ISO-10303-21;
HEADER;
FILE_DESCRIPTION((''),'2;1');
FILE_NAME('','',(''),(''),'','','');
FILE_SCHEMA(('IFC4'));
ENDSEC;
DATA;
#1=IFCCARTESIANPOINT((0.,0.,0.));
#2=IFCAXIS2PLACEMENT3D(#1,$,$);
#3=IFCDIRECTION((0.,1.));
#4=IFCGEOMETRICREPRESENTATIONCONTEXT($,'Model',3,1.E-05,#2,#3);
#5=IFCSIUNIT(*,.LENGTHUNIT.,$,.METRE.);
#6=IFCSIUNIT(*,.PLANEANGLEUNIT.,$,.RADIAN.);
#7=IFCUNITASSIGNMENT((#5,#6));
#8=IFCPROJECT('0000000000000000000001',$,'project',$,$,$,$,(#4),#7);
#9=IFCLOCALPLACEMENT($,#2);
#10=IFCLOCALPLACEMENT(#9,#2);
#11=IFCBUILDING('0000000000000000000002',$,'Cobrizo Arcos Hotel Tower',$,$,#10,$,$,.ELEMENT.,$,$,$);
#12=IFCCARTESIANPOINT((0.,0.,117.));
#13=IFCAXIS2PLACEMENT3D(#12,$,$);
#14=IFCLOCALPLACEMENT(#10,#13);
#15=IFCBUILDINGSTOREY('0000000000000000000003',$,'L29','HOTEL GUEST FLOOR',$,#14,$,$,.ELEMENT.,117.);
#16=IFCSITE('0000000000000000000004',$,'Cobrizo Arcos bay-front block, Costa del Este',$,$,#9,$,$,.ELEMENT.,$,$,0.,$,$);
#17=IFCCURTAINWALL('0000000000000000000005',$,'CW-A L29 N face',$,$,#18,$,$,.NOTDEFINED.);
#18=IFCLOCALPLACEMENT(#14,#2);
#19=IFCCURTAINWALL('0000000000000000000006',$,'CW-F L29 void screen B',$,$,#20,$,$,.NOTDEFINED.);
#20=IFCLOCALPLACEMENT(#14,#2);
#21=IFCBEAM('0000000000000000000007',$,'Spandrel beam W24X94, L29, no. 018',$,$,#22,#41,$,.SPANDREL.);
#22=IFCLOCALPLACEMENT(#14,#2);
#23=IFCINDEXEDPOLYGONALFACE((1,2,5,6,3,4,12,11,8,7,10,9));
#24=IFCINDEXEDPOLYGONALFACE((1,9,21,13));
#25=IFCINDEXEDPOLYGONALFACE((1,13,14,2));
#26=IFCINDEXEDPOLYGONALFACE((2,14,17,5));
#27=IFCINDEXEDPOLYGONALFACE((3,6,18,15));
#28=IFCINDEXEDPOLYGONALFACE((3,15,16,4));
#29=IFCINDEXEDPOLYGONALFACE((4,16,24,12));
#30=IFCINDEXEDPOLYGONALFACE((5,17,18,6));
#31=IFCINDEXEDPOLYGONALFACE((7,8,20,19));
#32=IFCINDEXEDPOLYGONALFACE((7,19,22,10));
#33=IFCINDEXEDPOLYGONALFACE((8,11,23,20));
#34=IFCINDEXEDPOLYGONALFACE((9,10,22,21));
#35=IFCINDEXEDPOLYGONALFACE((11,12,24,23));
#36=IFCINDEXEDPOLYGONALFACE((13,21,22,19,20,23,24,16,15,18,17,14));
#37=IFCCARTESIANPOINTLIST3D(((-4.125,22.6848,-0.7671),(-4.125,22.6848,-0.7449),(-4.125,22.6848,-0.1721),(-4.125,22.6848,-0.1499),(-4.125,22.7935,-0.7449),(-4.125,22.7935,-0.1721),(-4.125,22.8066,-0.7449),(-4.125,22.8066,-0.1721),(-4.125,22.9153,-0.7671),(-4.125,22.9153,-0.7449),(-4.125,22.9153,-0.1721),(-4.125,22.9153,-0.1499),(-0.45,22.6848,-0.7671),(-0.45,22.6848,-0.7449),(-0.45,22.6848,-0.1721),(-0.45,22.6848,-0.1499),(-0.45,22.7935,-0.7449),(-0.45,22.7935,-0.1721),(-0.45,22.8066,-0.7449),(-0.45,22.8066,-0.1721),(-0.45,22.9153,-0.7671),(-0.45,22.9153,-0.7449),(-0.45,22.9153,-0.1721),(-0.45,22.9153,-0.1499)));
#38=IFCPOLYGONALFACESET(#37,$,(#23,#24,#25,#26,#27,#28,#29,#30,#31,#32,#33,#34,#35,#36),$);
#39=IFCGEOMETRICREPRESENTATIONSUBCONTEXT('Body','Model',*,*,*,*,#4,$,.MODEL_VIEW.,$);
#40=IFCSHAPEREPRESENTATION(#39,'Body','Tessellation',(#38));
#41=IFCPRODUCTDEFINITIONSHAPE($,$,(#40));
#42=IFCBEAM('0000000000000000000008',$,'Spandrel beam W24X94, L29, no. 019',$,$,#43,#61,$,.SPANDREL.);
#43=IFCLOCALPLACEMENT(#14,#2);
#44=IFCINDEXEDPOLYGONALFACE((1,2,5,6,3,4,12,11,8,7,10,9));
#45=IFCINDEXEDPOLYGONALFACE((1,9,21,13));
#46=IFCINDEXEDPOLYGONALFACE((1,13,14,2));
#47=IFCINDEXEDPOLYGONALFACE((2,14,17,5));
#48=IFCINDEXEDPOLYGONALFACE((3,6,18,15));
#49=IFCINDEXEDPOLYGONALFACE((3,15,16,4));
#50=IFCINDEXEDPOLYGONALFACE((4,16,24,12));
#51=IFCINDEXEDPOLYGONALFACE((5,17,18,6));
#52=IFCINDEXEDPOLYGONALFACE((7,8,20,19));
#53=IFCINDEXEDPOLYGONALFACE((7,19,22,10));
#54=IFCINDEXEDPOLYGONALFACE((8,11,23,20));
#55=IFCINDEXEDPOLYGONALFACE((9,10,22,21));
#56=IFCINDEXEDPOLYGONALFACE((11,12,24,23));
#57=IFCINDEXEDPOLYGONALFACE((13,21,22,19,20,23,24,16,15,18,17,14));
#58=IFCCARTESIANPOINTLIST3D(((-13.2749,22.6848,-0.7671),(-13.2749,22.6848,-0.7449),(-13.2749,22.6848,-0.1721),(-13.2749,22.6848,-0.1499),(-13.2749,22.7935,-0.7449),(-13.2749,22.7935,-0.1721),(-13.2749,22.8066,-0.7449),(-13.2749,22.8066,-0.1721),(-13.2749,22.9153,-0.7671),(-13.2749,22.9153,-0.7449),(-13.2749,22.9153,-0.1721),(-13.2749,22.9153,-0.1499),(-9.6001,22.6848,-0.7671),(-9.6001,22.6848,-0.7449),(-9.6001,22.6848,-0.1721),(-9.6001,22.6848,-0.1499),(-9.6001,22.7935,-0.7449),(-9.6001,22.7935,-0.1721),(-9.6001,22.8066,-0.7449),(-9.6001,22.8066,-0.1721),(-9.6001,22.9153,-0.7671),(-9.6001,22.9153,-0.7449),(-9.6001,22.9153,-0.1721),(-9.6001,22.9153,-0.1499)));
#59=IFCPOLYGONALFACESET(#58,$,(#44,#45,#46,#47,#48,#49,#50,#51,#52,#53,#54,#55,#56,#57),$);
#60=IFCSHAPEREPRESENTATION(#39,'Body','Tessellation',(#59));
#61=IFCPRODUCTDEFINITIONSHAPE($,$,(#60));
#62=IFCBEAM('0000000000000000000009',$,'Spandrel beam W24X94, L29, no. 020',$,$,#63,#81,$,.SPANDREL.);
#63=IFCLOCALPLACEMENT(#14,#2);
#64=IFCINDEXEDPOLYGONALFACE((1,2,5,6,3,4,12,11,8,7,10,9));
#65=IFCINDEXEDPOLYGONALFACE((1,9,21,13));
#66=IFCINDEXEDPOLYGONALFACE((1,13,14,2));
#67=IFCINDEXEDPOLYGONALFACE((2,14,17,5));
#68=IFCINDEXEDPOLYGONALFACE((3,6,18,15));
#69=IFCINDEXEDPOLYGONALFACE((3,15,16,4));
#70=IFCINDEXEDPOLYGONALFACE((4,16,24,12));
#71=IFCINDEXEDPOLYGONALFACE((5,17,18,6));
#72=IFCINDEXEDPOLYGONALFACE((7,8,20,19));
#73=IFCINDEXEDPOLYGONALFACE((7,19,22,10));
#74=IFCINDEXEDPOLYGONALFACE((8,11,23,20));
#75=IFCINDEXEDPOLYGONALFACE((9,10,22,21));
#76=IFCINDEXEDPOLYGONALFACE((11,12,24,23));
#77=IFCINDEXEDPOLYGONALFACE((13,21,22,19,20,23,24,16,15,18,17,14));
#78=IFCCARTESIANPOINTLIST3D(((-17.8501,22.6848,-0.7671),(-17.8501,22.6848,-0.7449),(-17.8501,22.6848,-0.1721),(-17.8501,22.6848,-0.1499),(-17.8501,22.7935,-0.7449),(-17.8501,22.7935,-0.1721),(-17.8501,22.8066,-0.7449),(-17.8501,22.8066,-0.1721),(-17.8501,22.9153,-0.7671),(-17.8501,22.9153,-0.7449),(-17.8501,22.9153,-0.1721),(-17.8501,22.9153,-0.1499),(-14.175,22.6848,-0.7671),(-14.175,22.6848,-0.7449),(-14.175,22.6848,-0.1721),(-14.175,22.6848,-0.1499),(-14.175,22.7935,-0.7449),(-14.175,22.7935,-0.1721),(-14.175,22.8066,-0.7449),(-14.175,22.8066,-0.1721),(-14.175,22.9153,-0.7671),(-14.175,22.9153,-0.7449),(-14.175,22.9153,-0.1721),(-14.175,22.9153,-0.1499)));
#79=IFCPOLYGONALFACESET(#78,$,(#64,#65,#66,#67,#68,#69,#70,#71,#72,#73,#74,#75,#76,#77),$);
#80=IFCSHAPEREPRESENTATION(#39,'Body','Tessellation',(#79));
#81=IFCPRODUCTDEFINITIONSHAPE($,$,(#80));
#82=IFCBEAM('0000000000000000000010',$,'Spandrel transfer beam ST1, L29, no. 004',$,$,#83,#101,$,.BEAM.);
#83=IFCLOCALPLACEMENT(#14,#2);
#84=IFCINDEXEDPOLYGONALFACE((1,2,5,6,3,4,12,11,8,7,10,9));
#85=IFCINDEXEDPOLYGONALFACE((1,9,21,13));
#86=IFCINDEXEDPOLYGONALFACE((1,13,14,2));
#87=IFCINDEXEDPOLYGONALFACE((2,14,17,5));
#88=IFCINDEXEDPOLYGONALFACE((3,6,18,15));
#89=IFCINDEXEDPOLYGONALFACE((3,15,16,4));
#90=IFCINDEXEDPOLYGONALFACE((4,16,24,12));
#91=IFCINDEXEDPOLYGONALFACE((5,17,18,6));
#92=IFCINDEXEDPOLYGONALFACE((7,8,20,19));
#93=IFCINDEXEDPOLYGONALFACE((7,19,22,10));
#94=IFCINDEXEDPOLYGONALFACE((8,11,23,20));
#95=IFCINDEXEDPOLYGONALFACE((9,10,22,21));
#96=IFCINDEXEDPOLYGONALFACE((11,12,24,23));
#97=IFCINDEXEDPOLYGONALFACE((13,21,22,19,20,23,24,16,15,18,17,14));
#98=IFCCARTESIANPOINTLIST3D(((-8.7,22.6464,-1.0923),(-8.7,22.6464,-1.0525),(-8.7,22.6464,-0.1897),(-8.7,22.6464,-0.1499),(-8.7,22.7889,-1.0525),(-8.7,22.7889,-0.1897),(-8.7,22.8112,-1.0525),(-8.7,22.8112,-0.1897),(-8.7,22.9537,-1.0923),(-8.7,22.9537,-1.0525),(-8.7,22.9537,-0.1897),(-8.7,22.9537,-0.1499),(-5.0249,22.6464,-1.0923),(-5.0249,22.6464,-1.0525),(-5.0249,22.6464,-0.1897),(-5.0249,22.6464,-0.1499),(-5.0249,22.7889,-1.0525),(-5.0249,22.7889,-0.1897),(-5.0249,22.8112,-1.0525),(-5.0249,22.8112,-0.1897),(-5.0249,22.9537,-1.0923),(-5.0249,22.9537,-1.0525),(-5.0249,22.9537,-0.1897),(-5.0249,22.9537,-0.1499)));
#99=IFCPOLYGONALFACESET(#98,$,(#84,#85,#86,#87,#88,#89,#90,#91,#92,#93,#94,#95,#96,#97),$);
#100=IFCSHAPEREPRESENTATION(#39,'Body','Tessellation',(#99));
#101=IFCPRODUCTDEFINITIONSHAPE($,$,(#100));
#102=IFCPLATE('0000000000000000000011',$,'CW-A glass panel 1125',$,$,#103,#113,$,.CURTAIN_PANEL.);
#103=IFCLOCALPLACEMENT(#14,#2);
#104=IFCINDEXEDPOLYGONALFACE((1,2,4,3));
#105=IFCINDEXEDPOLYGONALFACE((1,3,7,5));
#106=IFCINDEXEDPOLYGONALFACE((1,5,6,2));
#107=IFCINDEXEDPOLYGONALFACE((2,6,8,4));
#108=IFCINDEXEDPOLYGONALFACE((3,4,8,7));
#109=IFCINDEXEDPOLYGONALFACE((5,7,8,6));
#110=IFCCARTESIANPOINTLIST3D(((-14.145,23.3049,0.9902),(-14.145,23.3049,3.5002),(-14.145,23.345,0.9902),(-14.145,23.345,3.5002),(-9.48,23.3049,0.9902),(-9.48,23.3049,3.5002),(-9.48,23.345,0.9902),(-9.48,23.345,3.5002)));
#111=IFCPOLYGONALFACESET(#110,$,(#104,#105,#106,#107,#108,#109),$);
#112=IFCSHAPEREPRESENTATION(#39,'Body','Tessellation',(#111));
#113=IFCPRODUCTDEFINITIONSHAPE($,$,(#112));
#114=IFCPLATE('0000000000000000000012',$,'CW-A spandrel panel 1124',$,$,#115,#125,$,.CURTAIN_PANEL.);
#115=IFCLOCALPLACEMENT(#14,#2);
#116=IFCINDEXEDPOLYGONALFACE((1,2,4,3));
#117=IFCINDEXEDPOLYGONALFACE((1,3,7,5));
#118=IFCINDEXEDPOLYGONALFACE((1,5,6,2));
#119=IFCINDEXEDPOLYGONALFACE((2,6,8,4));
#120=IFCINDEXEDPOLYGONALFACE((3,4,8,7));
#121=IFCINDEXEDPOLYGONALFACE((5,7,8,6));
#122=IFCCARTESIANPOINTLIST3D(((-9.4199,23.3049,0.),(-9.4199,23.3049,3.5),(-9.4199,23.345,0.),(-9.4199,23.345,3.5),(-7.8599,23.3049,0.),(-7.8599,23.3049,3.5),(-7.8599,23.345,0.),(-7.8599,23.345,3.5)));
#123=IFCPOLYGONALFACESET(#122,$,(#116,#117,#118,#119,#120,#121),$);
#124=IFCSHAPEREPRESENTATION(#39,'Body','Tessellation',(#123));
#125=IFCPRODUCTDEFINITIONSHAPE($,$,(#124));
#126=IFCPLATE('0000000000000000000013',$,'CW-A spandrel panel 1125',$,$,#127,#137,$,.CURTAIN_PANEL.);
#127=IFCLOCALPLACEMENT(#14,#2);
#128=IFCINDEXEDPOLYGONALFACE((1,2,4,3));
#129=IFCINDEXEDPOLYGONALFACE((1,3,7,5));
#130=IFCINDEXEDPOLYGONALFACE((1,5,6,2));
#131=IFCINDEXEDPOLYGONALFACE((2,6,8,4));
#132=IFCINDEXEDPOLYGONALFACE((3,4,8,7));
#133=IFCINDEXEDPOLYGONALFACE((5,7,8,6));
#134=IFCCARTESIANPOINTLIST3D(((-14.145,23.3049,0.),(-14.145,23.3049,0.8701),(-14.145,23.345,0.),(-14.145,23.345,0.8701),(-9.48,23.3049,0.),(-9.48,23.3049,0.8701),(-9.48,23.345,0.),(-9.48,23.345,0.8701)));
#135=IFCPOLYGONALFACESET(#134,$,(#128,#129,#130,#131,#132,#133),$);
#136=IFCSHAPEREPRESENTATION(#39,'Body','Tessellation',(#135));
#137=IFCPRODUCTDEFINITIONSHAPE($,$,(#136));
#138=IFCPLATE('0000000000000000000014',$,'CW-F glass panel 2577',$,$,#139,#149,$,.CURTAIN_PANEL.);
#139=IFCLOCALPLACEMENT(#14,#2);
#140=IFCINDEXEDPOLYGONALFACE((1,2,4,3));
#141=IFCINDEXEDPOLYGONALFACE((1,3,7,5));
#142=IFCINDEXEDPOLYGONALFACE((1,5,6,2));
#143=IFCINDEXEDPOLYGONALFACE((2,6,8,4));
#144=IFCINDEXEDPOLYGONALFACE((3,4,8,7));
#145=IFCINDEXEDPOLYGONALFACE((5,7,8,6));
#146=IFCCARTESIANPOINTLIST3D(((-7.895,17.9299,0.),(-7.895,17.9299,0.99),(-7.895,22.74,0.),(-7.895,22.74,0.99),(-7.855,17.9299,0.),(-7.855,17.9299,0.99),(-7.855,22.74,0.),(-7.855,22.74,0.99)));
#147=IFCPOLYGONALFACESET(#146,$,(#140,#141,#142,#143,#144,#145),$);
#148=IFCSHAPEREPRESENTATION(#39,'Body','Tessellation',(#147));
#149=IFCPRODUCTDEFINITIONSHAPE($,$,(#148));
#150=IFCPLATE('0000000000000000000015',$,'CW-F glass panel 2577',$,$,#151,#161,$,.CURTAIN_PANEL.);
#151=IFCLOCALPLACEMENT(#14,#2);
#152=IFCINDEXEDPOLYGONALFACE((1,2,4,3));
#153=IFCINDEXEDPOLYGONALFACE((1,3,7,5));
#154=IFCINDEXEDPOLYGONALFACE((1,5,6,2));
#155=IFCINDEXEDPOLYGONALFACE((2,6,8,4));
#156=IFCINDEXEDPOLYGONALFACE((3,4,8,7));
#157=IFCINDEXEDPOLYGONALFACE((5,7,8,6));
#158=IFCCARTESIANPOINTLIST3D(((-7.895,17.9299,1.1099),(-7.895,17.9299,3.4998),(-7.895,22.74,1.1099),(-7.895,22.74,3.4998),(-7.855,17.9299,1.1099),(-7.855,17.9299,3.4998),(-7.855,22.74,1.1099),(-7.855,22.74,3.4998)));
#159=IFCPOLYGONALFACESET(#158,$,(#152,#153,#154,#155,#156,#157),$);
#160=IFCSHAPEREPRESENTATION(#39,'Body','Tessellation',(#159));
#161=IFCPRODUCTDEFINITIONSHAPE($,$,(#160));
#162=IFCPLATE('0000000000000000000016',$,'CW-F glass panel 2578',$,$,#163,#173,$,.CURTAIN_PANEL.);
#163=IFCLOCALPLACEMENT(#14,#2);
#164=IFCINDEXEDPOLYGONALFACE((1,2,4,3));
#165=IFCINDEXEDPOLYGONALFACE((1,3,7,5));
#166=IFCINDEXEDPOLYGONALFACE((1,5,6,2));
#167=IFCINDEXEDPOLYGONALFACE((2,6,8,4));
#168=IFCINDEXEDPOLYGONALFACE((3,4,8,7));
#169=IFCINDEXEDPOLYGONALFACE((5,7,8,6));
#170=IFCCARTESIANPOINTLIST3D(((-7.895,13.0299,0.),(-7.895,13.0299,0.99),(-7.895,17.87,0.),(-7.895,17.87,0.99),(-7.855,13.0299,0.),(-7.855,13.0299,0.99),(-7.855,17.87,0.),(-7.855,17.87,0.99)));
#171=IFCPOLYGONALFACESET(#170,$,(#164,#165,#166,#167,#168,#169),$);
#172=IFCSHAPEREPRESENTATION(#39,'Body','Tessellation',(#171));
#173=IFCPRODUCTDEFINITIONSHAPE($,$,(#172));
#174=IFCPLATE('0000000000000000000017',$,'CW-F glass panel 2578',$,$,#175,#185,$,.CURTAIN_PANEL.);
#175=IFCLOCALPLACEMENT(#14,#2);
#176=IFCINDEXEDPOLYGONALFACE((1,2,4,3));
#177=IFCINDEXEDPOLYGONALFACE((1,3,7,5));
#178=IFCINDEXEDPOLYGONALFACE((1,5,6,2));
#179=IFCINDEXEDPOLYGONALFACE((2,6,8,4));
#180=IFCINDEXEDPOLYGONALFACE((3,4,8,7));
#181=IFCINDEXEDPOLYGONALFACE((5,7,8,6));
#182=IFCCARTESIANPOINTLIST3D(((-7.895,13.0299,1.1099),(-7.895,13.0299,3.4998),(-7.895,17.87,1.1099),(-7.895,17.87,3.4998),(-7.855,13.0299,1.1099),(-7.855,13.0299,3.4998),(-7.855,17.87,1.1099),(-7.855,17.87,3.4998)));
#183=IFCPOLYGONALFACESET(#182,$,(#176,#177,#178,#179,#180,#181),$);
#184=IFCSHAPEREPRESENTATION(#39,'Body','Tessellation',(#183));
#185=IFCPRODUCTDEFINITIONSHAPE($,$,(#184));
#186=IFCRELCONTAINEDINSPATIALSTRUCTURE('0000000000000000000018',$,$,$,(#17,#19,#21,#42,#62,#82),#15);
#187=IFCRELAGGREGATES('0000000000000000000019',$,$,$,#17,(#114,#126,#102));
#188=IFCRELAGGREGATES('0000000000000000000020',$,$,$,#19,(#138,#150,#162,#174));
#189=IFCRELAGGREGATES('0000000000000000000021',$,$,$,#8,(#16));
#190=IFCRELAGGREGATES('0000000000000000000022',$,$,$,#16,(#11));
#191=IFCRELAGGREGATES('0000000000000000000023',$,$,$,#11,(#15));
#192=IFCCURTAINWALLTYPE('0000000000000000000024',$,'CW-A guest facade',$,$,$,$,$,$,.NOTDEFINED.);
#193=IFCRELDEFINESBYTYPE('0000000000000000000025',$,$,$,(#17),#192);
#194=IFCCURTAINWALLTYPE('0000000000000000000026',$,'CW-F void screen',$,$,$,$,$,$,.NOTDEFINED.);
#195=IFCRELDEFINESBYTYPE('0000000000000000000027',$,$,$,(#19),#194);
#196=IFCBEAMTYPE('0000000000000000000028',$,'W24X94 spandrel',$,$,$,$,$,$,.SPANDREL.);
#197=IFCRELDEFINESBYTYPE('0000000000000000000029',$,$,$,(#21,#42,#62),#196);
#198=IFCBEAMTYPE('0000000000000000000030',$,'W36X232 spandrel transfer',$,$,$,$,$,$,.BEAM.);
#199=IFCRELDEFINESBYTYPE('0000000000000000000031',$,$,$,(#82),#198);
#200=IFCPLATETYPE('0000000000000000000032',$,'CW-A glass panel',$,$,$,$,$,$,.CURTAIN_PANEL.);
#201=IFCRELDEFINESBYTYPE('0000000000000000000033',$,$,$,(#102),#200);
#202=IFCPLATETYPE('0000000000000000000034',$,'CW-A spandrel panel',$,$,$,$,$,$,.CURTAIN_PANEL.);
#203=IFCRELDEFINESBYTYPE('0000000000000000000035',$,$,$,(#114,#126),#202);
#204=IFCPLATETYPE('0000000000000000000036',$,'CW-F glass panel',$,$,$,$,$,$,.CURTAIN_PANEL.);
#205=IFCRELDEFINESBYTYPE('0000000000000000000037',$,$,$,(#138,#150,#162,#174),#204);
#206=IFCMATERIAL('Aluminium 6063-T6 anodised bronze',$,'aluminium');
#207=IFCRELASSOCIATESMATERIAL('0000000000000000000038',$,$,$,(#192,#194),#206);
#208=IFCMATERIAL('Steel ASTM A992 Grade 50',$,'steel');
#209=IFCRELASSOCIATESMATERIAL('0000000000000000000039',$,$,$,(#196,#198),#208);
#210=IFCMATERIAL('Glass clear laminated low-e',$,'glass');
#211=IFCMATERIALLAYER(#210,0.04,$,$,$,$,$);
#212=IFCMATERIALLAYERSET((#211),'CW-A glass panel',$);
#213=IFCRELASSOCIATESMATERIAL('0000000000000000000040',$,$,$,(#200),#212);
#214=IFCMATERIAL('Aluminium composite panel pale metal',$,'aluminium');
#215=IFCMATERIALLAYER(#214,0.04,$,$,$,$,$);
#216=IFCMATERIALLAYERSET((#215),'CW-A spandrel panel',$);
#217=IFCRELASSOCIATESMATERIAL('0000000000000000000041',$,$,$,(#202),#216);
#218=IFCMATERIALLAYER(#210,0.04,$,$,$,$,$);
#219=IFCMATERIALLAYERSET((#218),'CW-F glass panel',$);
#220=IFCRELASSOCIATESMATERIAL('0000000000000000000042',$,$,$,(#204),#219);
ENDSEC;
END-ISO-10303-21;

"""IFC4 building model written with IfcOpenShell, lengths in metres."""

from ifc_helpers import new_model, si_unit, direction, frame, origin, origin_2d, place, context, subcontext, project, spatial, rectangle, i_section, extrude, material, layer, layer_set, material_profile, profile_set, type_object, element, aggregate, save


model = new_model("IFC4")

# Units and contexts
model_context = context("Model", 3, precision=1e-05, world=origin(), true_north=direction((0.0, 1.0)))
body_context = subcontext(model_context, "Body", "Model", "MODEL_VIEW")
ifc_project = project(units=[si_unit("LENGTHUNIT", "METRE"), si_unit("PLANEANGLEUNIT", "RADIAN")], contexts=[model_context])

# Site, building, storey
site_placement = place(None, origin())
site = spatial("IfcSite", under=ifc_project, at=site_placement, Name="Cobrizo Arcos bay-front block, Costa del Este", CompositionType="ELEMENT", RefElevation=0.0)
building_placement = place(site_placement, origin())
building = spatial("IfcBuilding", under=site, at=building_placement, Name="Cobrizo Arcos Hotel Tower", CompositionType="ELEMENT")
storey_placement = place(building_placement, frame((0.0, 0.0, 117.0)))
storey = spatial("IfcBuildingStorey", under=building, at=storey_placement, Name="L29", Description="HOTEL GUEST FLOOR", CompositionType="ELEMENT", Elevation=117.0)

# Curtain walls
ifc_material_1 = material(Name="Aluminium 6063-T6 anodised bronze", Category="aluminium")
curtain_wall_type_1 = type_object("IfcCurtainWallType", Name="CW-A guest facade", PredefinedType="NOTDEFINED", material=ifc_material_1)
curtain_wall_1_placement = place(storey_placement, origin())
curtain_wall_1 = element("IfcCurtainWall", 1, at=curtain_wall_1_placement, inside=storey, type_object=curtain_wall_type_1, Name="CW-A L29 N face", PredefinedType="NOTDEFINED")
curtain_wall_type_2 = type_object("IfcCurtainWallType", Name="CW-F void screen", PredefinedType="NOTDEFINED", material=ifc_material_1)
curtain_wall_2_placement = place(storey_placement, origin())
curtain_wall_2 = element("IfcCurtainWall", 2, at=curtain_wall_2_placement, inside=storey, type_object=curtain_wall_type_2, Name="CW-F L29 void screen B", PredefinedType="NOTDEFINED")

# Beams
ifc_material_2 = material(Name="Steel ASTM A992 Grade 50", Category="steel")
ifc_material_profile_1 = material_profile(ifc_material_2, i_section(OverallWidth=0.2305, OverallDepth=0.6172, WebThickness=0.0132, FlangeThickness=0.0222, at=origin_2d()), Name="W24X94")
ifc_profile_set_1 = profile_set([ifc_material_profile_1], Name="Steel ASTM A992 Grade 50")
beam_type_1 = type_object("IfcBeamType", Name="W24X94 spandrel", PredefinedType="SPANDREL", material=ifc_profile_set_1)
beam_1_placement = place(storey_placement, frame((-0.45, 22.8, -0.4585), z_axis=(-1.0, 0.0, 0.0), x_axis=(0.0, -1.0, 0.0)))
element("IfcBeam", 3, at=beam_1_placement, inside=storey, type_object=beam_type_1, Name="Spandrel beam W24X94, L29, no. 018", PredefinedType="SPANDREL", context=body_context, shape_type="SweptSolid", body=[
    extrude(i_section(OverallWidth=0.2305, OverallDepth=0.6172, WebThickness=0.0132, FlangeThickness=0.0222, at=origin_2d()), origin(), (0.0, 0.0, 1.0), 3.675),
])
beam_2_placement = place(storey_placement, frame((-9.6001, 22.8, -0.4585), z_axis=(-1.0, 0.0, 0.0), x_axis=(0.0, -1.0, 0.0)))
element("IfcBeam", 4, at=beam_2_placement, inside=storey, type_object=beam_type_1, Name="Spandrel beam W24X94, L29, no. 019", PredefinedType="SPANDREL", context=body_context, shape_type="SweptSolid", body=[
    extrude(i_section(OverallWidth=0.2305, OverallDepth=0.6172, WebThickness=0.0132, FlangeThickness=0.0222, at=origin_2d()), origin(), (0.0, 0.0, 1.0), 3.6748),
])
beam_3_placement = place(storey_placement, frame((-14.175, 22.8, -0.4585), z_axis=(-1.0, 0.0, 0.0), x_axis=(0.0, -1.0, 0.0)))
element("IfcBeam", 5, at=beam_3_placement, inside=storey, type_object=beam_type_1, Name="Spandrel beam W24X94, L29, no. 020", PredefinedType="SPANDREL", context=body_context, shape_type="SweptSolid", body=[
    extrude(i_section(OverallWidth=0.2305, OverallDepth=0.6172, WebThickness=0.0132, FlangeThickness=0.0222, at=origin_2d()), origin(), (0.0, 0.0, 1.0), 3.675),
])
ifc_material_profile_2 = material_profile(ifc_material_2, i_section(OverallWidth=0.3074, OverallDepth=0.9424, WebThickness=0.0222, FlangeThickness=0.0398, at=origin_2d()), Name="W36X232")
ifc_profile_set_2 = profile_set([ifc_material_profile_2], Name="Steel ASTM A992 Grade 50")
beam_type_2 = type_object("IfcBeamType", Name="W36X232 spandrel transfer", PredefinedType="BEAM", material=ifc_profile_set_2)
beam_4_placement = place(storey_placement, frame((-5.0249, 22.8, -0.6211), z_axis=(-1.0, 0.0, 0.0), x_axis=(0.0, -1.0, 0.0)))
element("IfcBeam", 6, at=beam_4_placement, inside=storey, type_object=beam_type_2, Name="Spandrel transfer beam ST1, L29, no. 004", PredefinedType="BEAM", context=body_context, shape_type="SweptSolid", body=[
    extrude(i_section(OverallWidth=0.3074, OverallDepth=0.9424, WebThickness=0.0222, FlangeThickness=0.0398, at=origin_2d()), origin(), (0.0, 0.0, 1.0), 3.675),
])

# Plates
ifc_material_3 = material(Name="Glass clear laminated low-e", Category="glass")
ifc_layer_1 = layer(ifc_material_3, 0.04)
ifc_layer_set_1 = layer_set([ifc_layer_1], Name="CW-A glass panel")
plate_type_1 = type_object("IfcPlateType", Name="CW-A glass panel", PredefinedType="CURTAIN_PANEL", material=ifc_layer_set_1)
plate_1_placement = place(storey_placement, frame((-11.8125, 23.325, 0.9902), z_axis=(0.0, 0.0, 1.0), x_axis=(-1.0, 0.0, 0.0)))
plate_1 = element("IfcPlate", 7, at=plate_1_placement, type_object=plate_type_1, Name="CW-A glass panel 1125", PredefinedType="CURTAIN_PANEL", context=body_context, shape_type="SweptSolid", body=[
    extrude(rectangle(XDim=4.665, YDim=0.04, at=origin_2d()), origin(), (0.0, 0.0, 1.0), 2.51),
])
ifc_material_4 = material(Name="Aluminium composite panel pale metal", Category="aluminium")
ifc_layer_2 = layer(ifc_material_4, 0.04)
ifc_layer_set_2 = layer_set([ifc_layer_2], Name="CW-A spandrel panel")
plate_type_2 = type_object("IfcPlateType", Name="CW-A spandrel panel", PredefinedType="CURTAIN_PANEL", material=ifc_layer_set_2)
plate_2_placement = place(storey_placement, frame((-8.6399, 23.325, 0.0), z_axis=(0.0, 0.0, 1.0), x_axis=(-1.0, 0.0, 0.0)))
plate_2 = element("IfcPlate", 8, at=plate_2_placement, type_object=plate_type_2, Name="CW-A spandrel panel 1124", PredefinedType="CURTAIN_PANEL", context=body_context, shape_type="SweptSolid", body=[
    extrude(rectangle(XDim=1.5601, YDim=0.04, at=origin_2d()), origin(), (0.0, 0.0, 1.0), 3.5),
])
plate_3_placement = place(storey_placement, frame((-11.8125, 23.325, 0.0), z_axis=(0.0, 0.0, 1.0), x_axis=(-1.0, 0.0, 0.0)))
plate_3 = element("IfcPlate", 9, at=plate_3_placement, type_object=plate_type_2, Name="CW-A spandrel panel 1125", PredefinedType="CURTAIN_PANEL", context=body_context, shape_type="SweptSolid", body=[
    extrude(rectangle(XDim=4.665, YDim=0.04, at=origin_2d()), origin(), (0.0, 0.0, 1.0), 0.8701),
])
aggregate(curtain_wall_1, [plate_2, plate_3, plate_1])
ifc_layer_3 = layer(ifc_material_3, 0.04)
ifc_layer_set_3 = layer_set([ifc_layer_3], Name="CW-F glass panel")
plate_type_3 = type_object("IfcPlateType", Name="CW-F glass panel", PredefinedType="CURTAIN_PANEL", material=ifc_layer_set_3)
plate_4_placement = place(storey_placement, frame((-7.875, 20.335, 0.0), z_axis=(0.0, 0.0, 1.0), x_axis=(0.0, -1.0, 0.0)))
plate_4 = element("IfcPlate", 10, at=plate_4_placement, type_object=plate_type_3, Name="CW-F glass panel 2577", PredefinedType="CURTAIN_PANEL", context=body_context, shape_type="SweptSolid", body=[
    extrude(rectangle(XDim=4.8101, YDim=0.04, at=origin_2d()), origin(), (0.0, 0.0, 1.0), 0.99),
])
plate_5_placement = place(storey_placement, frame((-7.875, 20.335, 1.1099), z_axis=(0.0, 0.0, 1.0), x_axis=(0.0, -1.0, 0.0)))
plate_5 = element("IfcPlate", 11, at=plate_5_placement, type_object=plate_type_3, Name="CW-F glass panel 2577", PredefinedType="CURTAIN_PANEL", context=body_context, shape_type="SweptSolid", body=[
    extrude(rectangle(XDim=4.8101, YDim=0.04, at=origin_2d()), origin(), (0.0, 0.0, 1.0), 2.3899),
])
plate_6_placement = place(storey_placement, frame((-7.875, 15.45, 0.0), z_axis=(0.0, 0.0, 1.0), x_axis=(0.0, -1.0, 0.0)))
plate_6 = element("IfcPlate", 12, at=plate_6_placement, type_object=plate_type_3, Name="CW-F glass panel 2578", PredefinedType="CURTAIN_PANEL", context=body_context, shape_type="SweptSolid", body=[
    extrude(rectangle(XDim=4.8401, YDim=0.04, at=origin_2d()), origin(), (0.0, 0.0, 1.0), 0.99),
])
plate_7_placement = place(storey_placement, frame((-7.875, 15.45, 1.1099), z_axis=(0.0, 0.0, 1.0), x_axis=(0.0, -1.0, 0.0)))
plate_7 = element("IfcPlate", 13, at=plate_7_placement, type_object=plate_type_3, Name="CW-F glass panel 2578", PredefinedType="CURTAIN_PANEL", context=body_context, shape_type="SweptSolid", body=[
    extrude(rectangle(XDim=4.8401, YDim=0.04, at=origin_2d()), origin(), (0.0, 0.0, 1.0), 2.3899),
])
aggregate(curtain_wall_2, [plate_4, plate_5, plate_6, plate_7])

save(model, "model.ifc")
